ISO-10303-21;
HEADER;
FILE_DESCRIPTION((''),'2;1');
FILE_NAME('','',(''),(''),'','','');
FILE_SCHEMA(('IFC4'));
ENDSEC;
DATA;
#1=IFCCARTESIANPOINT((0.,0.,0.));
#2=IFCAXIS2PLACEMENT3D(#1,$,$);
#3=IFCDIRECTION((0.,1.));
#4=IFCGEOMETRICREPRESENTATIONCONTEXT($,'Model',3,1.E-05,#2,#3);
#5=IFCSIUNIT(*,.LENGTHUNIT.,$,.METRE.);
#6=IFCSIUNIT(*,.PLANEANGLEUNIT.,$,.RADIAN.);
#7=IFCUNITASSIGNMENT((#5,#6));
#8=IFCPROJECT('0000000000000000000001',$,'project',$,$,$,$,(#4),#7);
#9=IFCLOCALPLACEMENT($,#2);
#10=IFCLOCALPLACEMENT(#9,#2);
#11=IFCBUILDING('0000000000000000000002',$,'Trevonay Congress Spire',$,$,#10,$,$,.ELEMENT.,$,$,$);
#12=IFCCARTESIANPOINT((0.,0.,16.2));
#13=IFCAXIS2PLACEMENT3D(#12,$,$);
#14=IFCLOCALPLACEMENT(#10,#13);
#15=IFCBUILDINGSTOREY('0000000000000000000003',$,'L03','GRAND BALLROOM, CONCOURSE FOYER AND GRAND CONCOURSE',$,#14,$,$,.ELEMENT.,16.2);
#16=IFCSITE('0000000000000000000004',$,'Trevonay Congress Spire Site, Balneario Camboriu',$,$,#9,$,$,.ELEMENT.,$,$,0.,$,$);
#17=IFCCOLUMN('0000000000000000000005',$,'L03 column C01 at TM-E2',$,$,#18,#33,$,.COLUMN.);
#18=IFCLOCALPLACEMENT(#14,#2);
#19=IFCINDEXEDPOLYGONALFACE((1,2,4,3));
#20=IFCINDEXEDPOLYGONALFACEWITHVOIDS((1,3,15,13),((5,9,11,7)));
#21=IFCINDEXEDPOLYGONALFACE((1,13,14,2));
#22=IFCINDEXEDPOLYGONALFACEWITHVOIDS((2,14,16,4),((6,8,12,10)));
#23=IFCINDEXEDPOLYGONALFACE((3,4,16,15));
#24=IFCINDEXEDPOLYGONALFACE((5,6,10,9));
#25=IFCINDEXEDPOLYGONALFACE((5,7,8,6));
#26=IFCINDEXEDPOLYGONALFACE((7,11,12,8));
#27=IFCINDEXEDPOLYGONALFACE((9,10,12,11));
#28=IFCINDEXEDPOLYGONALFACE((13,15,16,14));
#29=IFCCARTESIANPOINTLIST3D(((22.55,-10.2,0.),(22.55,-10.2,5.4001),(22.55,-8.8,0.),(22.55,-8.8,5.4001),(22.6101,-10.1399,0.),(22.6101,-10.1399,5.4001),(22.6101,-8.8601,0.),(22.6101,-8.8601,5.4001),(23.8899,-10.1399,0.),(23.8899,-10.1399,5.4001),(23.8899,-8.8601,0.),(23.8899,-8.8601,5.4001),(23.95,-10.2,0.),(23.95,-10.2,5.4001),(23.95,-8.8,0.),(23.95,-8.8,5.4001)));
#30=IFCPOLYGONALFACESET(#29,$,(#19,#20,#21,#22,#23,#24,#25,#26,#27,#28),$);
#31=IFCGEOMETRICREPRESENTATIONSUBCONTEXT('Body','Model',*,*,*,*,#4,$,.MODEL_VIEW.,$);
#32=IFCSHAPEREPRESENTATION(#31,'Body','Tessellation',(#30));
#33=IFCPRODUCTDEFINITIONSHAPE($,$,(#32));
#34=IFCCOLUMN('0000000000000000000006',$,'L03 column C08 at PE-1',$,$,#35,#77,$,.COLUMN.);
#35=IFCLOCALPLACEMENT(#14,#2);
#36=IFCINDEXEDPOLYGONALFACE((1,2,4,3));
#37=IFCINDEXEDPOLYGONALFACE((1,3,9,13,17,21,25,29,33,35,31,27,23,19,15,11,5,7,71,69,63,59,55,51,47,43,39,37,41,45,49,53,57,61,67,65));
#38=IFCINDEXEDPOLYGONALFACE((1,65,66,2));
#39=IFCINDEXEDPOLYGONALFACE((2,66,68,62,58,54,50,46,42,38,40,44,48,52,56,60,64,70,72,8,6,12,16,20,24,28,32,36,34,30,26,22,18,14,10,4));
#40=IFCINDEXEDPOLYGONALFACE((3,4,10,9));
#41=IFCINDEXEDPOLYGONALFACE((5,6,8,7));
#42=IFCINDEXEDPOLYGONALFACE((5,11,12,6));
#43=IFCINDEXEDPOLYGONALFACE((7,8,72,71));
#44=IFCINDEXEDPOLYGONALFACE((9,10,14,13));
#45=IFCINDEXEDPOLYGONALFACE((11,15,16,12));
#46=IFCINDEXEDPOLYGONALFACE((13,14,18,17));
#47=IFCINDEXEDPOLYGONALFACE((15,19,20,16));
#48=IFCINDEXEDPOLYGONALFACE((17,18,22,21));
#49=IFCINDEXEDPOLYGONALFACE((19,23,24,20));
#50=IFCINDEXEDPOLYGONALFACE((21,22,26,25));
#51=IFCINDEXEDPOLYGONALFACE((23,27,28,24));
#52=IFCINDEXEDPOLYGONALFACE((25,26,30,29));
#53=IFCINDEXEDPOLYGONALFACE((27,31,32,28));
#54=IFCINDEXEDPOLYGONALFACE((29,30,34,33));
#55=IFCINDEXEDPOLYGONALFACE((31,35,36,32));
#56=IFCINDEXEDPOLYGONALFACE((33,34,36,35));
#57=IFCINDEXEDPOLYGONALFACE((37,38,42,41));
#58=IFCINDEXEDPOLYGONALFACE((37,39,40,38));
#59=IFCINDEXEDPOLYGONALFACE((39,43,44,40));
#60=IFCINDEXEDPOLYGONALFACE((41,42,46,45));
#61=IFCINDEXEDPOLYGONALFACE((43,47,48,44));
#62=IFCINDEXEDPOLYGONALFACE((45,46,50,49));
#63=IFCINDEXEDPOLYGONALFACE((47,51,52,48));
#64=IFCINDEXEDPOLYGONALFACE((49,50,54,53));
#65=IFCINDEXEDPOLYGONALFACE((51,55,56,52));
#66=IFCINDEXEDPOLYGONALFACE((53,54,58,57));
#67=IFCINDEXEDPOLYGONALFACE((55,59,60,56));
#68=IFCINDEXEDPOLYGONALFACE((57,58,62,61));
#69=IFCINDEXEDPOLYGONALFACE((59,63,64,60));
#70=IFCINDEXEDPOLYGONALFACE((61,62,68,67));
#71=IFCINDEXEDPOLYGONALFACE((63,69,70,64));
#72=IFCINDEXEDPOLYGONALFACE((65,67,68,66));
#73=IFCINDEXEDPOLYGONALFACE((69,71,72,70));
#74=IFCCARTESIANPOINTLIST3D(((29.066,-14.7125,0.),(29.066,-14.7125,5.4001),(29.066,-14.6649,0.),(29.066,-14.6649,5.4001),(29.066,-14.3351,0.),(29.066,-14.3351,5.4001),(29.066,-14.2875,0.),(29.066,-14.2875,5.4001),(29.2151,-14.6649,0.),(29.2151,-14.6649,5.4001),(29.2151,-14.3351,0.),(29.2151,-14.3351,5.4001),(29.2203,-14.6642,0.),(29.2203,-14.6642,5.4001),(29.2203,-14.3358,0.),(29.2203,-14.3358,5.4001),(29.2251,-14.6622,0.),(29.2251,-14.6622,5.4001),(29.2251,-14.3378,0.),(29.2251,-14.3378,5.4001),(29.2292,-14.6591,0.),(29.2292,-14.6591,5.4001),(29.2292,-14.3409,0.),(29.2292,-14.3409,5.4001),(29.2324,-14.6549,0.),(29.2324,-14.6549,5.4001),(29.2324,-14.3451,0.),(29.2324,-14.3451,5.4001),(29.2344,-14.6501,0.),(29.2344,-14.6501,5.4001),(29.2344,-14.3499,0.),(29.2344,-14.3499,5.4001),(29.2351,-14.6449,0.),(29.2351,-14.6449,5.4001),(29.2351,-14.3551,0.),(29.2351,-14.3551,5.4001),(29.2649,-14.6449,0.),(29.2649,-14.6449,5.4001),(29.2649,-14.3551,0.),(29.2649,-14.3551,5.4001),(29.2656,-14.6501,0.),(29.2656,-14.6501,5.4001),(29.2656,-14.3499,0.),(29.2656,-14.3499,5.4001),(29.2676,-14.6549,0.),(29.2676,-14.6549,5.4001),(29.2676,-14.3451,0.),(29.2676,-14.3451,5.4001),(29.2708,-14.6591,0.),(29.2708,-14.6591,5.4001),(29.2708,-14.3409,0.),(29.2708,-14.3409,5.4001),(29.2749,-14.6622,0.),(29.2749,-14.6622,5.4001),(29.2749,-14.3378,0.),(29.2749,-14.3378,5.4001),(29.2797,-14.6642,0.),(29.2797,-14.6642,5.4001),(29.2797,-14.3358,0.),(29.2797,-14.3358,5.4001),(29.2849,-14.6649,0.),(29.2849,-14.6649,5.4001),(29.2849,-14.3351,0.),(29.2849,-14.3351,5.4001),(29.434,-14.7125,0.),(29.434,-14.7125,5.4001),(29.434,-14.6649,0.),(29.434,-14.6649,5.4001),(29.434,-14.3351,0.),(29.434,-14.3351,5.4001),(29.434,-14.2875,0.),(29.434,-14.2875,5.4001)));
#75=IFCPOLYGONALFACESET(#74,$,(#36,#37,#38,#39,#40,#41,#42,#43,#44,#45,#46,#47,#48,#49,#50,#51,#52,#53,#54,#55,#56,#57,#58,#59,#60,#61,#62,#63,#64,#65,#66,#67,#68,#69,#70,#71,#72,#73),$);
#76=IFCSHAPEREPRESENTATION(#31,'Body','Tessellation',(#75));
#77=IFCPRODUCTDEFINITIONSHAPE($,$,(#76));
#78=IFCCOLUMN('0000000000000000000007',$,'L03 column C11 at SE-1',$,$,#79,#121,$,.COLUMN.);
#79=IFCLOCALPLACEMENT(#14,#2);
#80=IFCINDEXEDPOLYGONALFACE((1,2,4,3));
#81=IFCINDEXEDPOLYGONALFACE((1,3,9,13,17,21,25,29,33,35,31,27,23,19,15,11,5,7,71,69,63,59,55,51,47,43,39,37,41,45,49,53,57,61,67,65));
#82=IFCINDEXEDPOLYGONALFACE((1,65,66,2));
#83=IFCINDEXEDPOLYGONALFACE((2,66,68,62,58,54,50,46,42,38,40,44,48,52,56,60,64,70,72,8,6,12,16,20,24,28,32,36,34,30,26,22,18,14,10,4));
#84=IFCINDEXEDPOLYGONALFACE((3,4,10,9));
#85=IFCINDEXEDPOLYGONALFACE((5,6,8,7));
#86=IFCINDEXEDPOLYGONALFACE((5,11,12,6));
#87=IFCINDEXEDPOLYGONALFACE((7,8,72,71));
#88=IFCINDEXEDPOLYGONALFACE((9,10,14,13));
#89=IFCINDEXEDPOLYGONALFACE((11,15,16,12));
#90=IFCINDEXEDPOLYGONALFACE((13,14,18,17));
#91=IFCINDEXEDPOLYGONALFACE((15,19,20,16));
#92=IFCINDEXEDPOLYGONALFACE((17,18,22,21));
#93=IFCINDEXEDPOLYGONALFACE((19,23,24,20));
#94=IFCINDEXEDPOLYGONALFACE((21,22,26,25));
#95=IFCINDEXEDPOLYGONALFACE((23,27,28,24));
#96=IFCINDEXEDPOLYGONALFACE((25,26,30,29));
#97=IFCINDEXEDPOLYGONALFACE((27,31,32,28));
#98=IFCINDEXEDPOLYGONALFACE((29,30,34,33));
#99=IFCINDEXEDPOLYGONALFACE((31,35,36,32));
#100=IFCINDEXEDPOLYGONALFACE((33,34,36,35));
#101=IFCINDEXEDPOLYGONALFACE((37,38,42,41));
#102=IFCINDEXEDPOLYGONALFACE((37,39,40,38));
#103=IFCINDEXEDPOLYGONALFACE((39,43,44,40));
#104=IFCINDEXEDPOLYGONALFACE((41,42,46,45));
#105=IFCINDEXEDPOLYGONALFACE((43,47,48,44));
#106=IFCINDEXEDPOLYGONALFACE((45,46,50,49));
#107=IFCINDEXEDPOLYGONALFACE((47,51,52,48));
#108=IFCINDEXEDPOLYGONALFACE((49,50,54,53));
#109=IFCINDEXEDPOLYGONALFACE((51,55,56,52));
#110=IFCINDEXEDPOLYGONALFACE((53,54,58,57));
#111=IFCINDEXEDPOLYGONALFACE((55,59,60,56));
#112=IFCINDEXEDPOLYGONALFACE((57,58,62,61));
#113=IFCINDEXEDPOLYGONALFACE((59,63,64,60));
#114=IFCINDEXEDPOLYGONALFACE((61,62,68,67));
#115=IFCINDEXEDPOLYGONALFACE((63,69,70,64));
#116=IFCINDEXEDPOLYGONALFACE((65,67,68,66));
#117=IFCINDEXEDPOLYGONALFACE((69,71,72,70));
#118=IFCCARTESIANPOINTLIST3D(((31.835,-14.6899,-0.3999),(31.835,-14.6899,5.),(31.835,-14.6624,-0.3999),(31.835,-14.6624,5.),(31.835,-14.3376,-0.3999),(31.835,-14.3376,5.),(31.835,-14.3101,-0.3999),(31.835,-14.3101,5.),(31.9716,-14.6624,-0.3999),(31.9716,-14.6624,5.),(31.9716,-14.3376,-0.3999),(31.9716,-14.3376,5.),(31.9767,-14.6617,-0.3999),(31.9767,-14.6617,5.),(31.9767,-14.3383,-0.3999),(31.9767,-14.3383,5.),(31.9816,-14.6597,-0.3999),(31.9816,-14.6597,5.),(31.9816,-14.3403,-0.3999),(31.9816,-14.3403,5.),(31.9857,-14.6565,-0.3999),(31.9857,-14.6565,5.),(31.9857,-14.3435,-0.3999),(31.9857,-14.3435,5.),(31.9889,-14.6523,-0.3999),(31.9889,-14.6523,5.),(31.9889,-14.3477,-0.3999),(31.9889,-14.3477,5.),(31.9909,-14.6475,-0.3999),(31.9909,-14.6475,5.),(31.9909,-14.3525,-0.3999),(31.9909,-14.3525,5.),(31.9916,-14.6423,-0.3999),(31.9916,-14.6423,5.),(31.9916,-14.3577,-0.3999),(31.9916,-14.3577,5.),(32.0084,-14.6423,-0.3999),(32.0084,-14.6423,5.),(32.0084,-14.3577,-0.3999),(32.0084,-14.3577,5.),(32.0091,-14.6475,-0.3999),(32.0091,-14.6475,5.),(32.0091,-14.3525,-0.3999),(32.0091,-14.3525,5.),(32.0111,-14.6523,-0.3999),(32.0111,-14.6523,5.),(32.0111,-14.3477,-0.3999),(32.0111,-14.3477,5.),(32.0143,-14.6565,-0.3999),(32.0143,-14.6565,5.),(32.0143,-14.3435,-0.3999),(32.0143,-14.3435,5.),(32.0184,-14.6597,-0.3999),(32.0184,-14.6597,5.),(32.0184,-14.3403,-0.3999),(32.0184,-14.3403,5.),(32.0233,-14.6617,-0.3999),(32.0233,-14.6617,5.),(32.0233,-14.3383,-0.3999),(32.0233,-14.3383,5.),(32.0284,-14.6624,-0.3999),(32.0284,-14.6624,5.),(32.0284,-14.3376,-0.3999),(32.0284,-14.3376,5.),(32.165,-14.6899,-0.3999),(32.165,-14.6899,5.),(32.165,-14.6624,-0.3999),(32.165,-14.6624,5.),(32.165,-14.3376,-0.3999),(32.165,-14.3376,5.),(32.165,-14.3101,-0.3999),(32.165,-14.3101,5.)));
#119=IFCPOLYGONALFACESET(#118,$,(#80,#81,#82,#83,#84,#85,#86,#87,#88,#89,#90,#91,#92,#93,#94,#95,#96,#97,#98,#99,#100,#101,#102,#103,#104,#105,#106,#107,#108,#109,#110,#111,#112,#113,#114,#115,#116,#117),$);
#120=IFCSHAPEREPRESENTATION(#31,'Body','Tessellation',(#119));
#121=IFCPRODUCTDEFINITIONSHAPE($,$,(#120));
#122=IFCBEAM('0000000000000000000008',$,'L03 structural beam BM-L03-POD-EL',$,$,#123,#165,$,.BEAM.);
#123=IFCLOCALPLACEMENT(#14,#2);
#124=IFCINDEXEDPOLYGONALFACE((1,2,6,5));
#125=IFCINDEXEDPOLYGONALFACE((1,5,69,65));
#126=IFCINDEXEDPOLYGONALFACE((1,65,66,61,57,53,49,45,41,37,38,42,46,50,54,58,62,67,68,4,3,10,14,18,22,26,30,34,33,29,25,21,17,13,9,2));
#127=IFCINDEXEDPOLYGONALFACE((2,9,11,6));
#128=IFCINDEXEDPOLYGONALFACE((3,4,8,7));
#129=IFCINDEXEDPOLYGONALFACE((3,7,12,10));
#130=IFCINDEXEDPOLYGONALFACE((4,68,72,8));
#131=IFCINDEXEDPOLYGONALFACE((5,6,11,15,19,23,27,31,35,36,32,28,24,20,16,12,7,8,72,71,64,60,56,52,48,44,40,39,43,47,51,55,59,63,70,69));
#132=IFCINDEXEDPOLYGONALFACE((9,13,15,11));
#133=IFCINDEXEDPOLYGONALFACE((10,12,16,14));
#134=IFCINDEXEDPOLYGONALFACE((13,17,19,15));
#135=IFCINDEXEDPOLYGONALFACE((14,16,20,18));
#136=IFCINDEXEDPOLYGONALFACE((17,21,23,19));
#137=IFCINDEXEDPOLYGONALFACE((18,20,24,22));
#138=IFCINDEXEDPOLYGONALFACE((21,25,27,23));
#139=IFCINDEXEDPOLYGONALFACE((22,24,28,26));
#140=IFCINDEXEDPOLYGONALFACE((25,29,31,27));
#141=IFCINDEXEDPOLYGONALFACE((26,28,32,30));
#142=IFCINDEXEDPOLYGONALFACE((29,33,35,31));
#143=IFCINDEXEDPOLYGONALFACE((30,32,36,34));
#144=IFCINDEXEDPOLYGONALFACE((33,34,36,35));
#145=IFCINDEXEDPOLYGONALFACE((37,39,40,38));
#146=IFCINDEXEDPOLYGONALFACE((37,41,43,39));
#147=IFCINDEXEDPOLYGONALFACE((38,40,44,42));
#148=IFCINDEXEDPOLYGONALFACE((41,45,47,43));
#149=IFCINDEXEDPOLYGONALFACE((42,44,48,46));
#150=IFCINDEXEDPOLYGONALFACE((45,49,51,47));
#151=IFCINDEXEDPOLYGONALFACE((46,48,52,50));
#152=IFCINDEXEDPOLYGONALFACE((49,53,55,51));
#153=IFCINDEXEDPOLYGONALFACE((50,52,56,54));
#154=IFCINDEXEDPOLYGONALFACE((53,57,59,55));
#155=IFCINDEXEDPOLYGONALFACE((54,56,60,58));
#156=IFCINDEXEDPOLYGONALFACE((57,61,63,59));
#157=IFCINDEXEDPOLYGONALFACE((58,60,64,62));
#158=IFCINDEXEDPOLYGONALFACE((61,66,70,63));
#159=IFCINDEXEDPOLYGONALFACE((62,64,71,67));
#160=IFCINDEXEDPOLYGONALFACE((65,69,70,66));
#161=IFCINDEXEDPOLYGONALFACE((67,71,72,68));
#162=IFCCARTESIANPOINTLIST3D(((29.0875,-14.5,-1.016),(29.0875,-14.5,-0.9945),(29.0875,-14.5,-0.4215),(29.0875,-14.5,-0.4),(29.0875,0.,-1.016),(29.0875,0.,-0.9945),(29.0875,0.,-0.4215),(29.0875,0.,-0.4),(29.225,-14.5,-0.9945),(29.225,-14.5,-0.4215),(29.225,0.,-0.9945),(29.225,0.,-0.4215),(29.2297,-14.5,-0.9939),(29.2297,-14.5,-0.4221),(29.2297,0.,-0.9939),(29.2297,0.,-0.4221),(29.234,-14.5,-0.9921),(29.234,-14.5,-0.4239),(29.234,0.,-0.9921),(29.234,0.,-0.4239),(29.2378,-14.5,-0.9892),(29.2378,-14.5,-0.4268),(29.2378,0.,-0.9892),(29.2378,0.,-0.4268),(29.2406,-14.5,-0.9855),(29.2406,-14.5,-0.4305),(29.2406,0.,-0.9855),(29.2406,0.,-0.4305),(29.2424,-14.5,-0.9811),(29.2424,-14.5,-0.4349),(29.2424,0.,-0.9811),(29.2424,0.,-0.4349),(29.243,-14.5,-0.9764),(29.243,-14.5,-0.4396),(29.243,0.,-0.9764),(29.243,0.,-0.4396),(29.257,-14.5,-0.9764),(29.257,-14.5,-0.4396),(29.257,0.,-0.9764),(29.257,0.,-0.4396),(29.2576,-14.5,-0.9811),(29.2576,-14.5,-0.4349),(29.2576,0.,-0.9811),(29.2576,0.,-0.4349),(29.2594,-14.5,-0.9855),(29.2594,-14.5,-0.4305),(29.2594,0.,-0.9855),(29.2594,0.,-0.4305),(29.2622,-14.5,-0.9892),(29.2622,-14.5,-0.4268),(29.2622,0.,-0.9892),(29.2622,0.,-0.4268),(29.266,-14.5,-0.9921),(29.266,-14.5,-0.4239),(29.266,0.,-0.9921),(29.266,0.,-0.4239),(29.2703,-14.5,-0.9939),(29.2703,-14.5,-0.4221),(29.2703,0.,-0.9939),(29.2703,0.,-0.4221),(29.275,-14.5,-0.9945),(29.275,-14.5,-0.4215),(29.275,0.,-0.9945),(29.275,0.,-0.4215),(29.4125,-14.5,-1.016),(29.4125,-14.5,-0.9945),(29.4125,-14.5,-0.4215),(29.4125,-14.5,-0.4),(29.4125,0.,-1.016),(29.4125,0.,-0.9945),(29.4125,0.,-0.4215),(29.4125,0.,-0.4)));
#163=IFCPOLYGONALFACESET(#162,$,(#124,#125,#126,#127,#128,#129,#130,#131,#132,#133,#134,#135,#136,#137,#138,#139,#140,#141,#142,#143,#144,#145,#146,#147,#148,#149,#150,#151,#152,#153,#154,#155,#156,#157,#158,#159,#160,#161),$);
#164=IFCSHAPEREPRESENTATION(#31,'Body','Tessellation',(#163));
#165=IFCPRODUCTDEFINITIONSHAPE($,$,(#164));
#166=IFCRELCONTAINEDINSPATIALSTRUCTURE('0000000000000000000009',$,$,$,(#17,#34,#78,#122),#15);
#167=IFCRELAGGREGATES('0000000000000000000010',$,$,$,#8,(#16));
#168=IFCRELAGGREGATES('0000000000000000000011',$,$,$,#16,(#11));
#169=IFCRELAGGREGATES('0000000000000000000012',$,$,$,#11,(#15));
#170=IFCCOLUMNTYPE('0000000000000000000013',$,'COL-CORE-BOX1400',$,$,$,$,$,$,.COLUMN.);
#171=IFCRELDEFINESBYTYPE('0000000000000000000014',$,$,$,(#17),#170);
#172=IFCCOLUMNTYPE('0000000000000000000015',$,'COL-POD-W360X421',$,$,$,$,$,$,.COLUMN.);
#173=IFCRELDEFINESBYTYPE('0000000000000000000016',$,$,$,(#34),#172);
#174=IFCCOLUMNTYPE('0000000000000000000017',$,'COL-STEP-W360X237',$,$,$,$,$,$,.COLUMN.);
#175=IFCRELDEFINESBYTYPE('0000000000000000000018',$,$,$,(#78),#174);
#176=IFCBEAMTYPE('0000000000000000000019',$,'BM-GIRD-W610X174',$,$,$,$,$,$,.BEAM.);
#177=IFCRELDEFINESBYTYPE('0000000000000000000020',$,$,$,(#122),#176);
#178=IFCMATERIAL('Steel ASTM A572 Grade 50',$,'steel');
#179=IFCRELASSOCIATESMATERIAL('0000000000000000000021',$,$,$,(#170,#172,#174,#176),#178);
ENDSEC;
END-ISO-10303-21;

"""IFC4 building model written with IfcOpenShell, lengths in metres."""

from ifc_helpers import new_model, si_unit, direction, frame, origin, origin_2d, place, context, subcontext, project, spatial, hollow_rectangle, i_section, extrude, material, material_profile, profile_set, type_object, element, save


model = new_model("IFC4")

# Units and contexts
model_context = context("Model", 3, precision=1e-05, world=origin(), true_north=direction((0.0, 1.0)))
body_context = subcontext(model_context, "Body", "Model", "MODEL_VIEW")
ifc_project = project(units=[si_unit("LENGTHUNIT", "METRE"), si_unit("PLANEANGLEUNIT", "RADIAN")], contexts=[model_context])

# Site, building, storey
site_placement = place(None, origin())
site = spatial("IfcSite", under=ifc_project, at=site_placement, Name="Trevonay Congress Spire Site, Balneario Camboriu", CompositionType="ELEMENT", RefElevation=0.0)
building_placement = place(site_placement, origin())
building = spatial("IfcBuilding", under=site, at=building_placement, Name="Trevonay Congress Spire", CompositionType="ELEMENT")
storey_placement = place(building_placement, frame((0.0, 0.0, 16.2)))
storey = spatial("IfcBuildingStorey", under=building, at=storey_placement, Name="L03", Description="GRAND BALLROOM, CONCOURSE FOYER AND GRAND CONCOURSE", CompositionType="ELEMENT", Elevation=16.2)

# Columns
ifc_material_1 = material(Name="Steel ASTM A572 Grade 50", Category="steel")
ifc_material_profile_1 = material_profile(ifc_material_1, hollow_rectangle(XDim=1.3999, YDim=1.3999, WallThickness=0.0601, at=origin_2d()), Name="BOX 1400x1400x60")
ifc_profile_set_1 = profile_set([ifc_material_profile_1], Name="Steel ASTM A572 Grade 50")
column_type_1 = type_object("IfcColumnType", Name="COL-CORE-BOX1400", PredefinedType="COLUMN", material=ifc_profile_set_1)
column_1_placement = place(storey_placement, frame((23.25, -9.5, 0.0), z_axis=(0.0, 0.0, 1.0), x_axis=(1.0, 0.0, 0.0)))
element("IfcColumn", 1, at=column_1_placement, inside=storey, type_object=column_type_1, Name="L03 column C01 at TM-E2", PredefinedType="COLUMN", context=body_context, shape_type="SweptSolid", body=[
    extrude(hollow_rectangle(XDim=1.3999, YDim=1.3999, WallThickness=0.0601, at=origin_2d()), origin(), (0.0, 0.0, 1.0), 5.4001),
])
ifc_material_profile_2 = material_profile(ifc_material_1, i_section(OverallWidth=0.3679, OverallDepth=0.425, WebThickness=0.0298, FlangeThickness=0.0476, FilletRadius=0.02, at=origin_2d()), Name="W360x421")
ifc_profile_set_2 = profile_set([ifc_material_profile_2], Name="Steel ASTM A572 Grade 50")
column_type_2 = type_object("IfcColumnType", Name="COL-POD-W360X421", PredefinedType="COLUMN", material=ifc_profile_set_2)
column_2_placement = place(storey_placement, frame((29.25, -14.5, 0.0), z_axis=(0.0, 0.0, 1.0), x_axis=(1.0, 0.0, 0.0)))
element("IfcColumn", 2, at=column_2_placement, inside=storey, type_object=column_type_2, Name="L03 column C08 at PE-1", PredefinedType="COLUMN", context=body_context, shape_type="SweptSolid", body=[
    extrude(i_section(OverallWidth=0.3679, OverallDepth=0.425, WebThickness=0.0298, FlangeThickness=0.0476, FilletRadius=0.02, at=origin_2d()), origin(), (0.0, 0.0, 1.0), 5.4001),
])
ifc_material_profile_3 = material_profile(ifc_material_1, i_section(OverallWidth=0.3301, OverallDepth=0.3799, WebThickness=0.0168, FlangeThickness=0.0276, FilletRadius=0.02, at=origin_2d()), Name="W360x237")
ifc_profile_set_3 = profile_set([ifc_material_profile_3], Name="Steel ASTM A572 Grade 50")
column_type_3 = type_object("IfcColumnType", Name="COL-STEP-W360X237", PredefinedType="COLUMN", material=ifc_profile_set_3)
column_3_placement = place(storey_placement, frame((32.0, -14.5, -0.3999), z_axis=(0.0, 0.0, 1.0), x_axis=(1.0, 0.0, 0.0)))
element("IfcColumn", 3, at=column_3_placement, inside=storey, type_object=column_type_3, Name="L03 column C11 at SE-1", PredefinedType="COLUMN", context=body_context, shape_type="SweptSolid", body=[
    extrude(i_section(OverallWidth=0.3301, OverallDepth=0.3799, WebThickness=0.0168, FlangeThickness=0.0276, FilletRadius=0.02, at=origin_2d()), origin(), (0.0, 0.0, 1.0), 5.3999),
])

# Beam
ifc_material_profile_4 = material_profile(ifc_material_1, i_section(OverallWidth=0.325, OverallDepth=0.616, WebThickness=0.0139, FlangeThickness=0.0215, FilletRadius=0.0181, at=origin_2d()), Name="W610x174")
ifc_profile_set_4 = profile_set([ifc_material_profile_4], Name="Steel ASTM A572 Grade 50")
beam_type_1 = type_object("IfcBeamType", Name="BM-GIRD-W610X174", PredefinedType="BEAM", material=ifc_profile_set_4)
beam_1_placement = place(storey_placement, frame((29.25, -14.5, -0.708), z_axis=(0.0, 1.0, 0.0), x_axis=(-1.0, 0.0, 0.0)))
element("IfcBeam", 4, at=beam_1_placement, inside=storey, type_object=beam_type_1, Name="L03 structural beam BM-L03-POD-EL", PredefinedType="BEAM", context=body_context, shape_type="SweptSolid", body=[
    extrude(i_section(OverallWidth=0.325, OverallDepth=0.616, WebThickness=0.0139, FlangeThickness=0.0215, FilletRadius=0.0181, at=origin_2d()), origin(), (0.0, 0.0, 1.0), 14.5),
])

save(model, "model.ifc")
